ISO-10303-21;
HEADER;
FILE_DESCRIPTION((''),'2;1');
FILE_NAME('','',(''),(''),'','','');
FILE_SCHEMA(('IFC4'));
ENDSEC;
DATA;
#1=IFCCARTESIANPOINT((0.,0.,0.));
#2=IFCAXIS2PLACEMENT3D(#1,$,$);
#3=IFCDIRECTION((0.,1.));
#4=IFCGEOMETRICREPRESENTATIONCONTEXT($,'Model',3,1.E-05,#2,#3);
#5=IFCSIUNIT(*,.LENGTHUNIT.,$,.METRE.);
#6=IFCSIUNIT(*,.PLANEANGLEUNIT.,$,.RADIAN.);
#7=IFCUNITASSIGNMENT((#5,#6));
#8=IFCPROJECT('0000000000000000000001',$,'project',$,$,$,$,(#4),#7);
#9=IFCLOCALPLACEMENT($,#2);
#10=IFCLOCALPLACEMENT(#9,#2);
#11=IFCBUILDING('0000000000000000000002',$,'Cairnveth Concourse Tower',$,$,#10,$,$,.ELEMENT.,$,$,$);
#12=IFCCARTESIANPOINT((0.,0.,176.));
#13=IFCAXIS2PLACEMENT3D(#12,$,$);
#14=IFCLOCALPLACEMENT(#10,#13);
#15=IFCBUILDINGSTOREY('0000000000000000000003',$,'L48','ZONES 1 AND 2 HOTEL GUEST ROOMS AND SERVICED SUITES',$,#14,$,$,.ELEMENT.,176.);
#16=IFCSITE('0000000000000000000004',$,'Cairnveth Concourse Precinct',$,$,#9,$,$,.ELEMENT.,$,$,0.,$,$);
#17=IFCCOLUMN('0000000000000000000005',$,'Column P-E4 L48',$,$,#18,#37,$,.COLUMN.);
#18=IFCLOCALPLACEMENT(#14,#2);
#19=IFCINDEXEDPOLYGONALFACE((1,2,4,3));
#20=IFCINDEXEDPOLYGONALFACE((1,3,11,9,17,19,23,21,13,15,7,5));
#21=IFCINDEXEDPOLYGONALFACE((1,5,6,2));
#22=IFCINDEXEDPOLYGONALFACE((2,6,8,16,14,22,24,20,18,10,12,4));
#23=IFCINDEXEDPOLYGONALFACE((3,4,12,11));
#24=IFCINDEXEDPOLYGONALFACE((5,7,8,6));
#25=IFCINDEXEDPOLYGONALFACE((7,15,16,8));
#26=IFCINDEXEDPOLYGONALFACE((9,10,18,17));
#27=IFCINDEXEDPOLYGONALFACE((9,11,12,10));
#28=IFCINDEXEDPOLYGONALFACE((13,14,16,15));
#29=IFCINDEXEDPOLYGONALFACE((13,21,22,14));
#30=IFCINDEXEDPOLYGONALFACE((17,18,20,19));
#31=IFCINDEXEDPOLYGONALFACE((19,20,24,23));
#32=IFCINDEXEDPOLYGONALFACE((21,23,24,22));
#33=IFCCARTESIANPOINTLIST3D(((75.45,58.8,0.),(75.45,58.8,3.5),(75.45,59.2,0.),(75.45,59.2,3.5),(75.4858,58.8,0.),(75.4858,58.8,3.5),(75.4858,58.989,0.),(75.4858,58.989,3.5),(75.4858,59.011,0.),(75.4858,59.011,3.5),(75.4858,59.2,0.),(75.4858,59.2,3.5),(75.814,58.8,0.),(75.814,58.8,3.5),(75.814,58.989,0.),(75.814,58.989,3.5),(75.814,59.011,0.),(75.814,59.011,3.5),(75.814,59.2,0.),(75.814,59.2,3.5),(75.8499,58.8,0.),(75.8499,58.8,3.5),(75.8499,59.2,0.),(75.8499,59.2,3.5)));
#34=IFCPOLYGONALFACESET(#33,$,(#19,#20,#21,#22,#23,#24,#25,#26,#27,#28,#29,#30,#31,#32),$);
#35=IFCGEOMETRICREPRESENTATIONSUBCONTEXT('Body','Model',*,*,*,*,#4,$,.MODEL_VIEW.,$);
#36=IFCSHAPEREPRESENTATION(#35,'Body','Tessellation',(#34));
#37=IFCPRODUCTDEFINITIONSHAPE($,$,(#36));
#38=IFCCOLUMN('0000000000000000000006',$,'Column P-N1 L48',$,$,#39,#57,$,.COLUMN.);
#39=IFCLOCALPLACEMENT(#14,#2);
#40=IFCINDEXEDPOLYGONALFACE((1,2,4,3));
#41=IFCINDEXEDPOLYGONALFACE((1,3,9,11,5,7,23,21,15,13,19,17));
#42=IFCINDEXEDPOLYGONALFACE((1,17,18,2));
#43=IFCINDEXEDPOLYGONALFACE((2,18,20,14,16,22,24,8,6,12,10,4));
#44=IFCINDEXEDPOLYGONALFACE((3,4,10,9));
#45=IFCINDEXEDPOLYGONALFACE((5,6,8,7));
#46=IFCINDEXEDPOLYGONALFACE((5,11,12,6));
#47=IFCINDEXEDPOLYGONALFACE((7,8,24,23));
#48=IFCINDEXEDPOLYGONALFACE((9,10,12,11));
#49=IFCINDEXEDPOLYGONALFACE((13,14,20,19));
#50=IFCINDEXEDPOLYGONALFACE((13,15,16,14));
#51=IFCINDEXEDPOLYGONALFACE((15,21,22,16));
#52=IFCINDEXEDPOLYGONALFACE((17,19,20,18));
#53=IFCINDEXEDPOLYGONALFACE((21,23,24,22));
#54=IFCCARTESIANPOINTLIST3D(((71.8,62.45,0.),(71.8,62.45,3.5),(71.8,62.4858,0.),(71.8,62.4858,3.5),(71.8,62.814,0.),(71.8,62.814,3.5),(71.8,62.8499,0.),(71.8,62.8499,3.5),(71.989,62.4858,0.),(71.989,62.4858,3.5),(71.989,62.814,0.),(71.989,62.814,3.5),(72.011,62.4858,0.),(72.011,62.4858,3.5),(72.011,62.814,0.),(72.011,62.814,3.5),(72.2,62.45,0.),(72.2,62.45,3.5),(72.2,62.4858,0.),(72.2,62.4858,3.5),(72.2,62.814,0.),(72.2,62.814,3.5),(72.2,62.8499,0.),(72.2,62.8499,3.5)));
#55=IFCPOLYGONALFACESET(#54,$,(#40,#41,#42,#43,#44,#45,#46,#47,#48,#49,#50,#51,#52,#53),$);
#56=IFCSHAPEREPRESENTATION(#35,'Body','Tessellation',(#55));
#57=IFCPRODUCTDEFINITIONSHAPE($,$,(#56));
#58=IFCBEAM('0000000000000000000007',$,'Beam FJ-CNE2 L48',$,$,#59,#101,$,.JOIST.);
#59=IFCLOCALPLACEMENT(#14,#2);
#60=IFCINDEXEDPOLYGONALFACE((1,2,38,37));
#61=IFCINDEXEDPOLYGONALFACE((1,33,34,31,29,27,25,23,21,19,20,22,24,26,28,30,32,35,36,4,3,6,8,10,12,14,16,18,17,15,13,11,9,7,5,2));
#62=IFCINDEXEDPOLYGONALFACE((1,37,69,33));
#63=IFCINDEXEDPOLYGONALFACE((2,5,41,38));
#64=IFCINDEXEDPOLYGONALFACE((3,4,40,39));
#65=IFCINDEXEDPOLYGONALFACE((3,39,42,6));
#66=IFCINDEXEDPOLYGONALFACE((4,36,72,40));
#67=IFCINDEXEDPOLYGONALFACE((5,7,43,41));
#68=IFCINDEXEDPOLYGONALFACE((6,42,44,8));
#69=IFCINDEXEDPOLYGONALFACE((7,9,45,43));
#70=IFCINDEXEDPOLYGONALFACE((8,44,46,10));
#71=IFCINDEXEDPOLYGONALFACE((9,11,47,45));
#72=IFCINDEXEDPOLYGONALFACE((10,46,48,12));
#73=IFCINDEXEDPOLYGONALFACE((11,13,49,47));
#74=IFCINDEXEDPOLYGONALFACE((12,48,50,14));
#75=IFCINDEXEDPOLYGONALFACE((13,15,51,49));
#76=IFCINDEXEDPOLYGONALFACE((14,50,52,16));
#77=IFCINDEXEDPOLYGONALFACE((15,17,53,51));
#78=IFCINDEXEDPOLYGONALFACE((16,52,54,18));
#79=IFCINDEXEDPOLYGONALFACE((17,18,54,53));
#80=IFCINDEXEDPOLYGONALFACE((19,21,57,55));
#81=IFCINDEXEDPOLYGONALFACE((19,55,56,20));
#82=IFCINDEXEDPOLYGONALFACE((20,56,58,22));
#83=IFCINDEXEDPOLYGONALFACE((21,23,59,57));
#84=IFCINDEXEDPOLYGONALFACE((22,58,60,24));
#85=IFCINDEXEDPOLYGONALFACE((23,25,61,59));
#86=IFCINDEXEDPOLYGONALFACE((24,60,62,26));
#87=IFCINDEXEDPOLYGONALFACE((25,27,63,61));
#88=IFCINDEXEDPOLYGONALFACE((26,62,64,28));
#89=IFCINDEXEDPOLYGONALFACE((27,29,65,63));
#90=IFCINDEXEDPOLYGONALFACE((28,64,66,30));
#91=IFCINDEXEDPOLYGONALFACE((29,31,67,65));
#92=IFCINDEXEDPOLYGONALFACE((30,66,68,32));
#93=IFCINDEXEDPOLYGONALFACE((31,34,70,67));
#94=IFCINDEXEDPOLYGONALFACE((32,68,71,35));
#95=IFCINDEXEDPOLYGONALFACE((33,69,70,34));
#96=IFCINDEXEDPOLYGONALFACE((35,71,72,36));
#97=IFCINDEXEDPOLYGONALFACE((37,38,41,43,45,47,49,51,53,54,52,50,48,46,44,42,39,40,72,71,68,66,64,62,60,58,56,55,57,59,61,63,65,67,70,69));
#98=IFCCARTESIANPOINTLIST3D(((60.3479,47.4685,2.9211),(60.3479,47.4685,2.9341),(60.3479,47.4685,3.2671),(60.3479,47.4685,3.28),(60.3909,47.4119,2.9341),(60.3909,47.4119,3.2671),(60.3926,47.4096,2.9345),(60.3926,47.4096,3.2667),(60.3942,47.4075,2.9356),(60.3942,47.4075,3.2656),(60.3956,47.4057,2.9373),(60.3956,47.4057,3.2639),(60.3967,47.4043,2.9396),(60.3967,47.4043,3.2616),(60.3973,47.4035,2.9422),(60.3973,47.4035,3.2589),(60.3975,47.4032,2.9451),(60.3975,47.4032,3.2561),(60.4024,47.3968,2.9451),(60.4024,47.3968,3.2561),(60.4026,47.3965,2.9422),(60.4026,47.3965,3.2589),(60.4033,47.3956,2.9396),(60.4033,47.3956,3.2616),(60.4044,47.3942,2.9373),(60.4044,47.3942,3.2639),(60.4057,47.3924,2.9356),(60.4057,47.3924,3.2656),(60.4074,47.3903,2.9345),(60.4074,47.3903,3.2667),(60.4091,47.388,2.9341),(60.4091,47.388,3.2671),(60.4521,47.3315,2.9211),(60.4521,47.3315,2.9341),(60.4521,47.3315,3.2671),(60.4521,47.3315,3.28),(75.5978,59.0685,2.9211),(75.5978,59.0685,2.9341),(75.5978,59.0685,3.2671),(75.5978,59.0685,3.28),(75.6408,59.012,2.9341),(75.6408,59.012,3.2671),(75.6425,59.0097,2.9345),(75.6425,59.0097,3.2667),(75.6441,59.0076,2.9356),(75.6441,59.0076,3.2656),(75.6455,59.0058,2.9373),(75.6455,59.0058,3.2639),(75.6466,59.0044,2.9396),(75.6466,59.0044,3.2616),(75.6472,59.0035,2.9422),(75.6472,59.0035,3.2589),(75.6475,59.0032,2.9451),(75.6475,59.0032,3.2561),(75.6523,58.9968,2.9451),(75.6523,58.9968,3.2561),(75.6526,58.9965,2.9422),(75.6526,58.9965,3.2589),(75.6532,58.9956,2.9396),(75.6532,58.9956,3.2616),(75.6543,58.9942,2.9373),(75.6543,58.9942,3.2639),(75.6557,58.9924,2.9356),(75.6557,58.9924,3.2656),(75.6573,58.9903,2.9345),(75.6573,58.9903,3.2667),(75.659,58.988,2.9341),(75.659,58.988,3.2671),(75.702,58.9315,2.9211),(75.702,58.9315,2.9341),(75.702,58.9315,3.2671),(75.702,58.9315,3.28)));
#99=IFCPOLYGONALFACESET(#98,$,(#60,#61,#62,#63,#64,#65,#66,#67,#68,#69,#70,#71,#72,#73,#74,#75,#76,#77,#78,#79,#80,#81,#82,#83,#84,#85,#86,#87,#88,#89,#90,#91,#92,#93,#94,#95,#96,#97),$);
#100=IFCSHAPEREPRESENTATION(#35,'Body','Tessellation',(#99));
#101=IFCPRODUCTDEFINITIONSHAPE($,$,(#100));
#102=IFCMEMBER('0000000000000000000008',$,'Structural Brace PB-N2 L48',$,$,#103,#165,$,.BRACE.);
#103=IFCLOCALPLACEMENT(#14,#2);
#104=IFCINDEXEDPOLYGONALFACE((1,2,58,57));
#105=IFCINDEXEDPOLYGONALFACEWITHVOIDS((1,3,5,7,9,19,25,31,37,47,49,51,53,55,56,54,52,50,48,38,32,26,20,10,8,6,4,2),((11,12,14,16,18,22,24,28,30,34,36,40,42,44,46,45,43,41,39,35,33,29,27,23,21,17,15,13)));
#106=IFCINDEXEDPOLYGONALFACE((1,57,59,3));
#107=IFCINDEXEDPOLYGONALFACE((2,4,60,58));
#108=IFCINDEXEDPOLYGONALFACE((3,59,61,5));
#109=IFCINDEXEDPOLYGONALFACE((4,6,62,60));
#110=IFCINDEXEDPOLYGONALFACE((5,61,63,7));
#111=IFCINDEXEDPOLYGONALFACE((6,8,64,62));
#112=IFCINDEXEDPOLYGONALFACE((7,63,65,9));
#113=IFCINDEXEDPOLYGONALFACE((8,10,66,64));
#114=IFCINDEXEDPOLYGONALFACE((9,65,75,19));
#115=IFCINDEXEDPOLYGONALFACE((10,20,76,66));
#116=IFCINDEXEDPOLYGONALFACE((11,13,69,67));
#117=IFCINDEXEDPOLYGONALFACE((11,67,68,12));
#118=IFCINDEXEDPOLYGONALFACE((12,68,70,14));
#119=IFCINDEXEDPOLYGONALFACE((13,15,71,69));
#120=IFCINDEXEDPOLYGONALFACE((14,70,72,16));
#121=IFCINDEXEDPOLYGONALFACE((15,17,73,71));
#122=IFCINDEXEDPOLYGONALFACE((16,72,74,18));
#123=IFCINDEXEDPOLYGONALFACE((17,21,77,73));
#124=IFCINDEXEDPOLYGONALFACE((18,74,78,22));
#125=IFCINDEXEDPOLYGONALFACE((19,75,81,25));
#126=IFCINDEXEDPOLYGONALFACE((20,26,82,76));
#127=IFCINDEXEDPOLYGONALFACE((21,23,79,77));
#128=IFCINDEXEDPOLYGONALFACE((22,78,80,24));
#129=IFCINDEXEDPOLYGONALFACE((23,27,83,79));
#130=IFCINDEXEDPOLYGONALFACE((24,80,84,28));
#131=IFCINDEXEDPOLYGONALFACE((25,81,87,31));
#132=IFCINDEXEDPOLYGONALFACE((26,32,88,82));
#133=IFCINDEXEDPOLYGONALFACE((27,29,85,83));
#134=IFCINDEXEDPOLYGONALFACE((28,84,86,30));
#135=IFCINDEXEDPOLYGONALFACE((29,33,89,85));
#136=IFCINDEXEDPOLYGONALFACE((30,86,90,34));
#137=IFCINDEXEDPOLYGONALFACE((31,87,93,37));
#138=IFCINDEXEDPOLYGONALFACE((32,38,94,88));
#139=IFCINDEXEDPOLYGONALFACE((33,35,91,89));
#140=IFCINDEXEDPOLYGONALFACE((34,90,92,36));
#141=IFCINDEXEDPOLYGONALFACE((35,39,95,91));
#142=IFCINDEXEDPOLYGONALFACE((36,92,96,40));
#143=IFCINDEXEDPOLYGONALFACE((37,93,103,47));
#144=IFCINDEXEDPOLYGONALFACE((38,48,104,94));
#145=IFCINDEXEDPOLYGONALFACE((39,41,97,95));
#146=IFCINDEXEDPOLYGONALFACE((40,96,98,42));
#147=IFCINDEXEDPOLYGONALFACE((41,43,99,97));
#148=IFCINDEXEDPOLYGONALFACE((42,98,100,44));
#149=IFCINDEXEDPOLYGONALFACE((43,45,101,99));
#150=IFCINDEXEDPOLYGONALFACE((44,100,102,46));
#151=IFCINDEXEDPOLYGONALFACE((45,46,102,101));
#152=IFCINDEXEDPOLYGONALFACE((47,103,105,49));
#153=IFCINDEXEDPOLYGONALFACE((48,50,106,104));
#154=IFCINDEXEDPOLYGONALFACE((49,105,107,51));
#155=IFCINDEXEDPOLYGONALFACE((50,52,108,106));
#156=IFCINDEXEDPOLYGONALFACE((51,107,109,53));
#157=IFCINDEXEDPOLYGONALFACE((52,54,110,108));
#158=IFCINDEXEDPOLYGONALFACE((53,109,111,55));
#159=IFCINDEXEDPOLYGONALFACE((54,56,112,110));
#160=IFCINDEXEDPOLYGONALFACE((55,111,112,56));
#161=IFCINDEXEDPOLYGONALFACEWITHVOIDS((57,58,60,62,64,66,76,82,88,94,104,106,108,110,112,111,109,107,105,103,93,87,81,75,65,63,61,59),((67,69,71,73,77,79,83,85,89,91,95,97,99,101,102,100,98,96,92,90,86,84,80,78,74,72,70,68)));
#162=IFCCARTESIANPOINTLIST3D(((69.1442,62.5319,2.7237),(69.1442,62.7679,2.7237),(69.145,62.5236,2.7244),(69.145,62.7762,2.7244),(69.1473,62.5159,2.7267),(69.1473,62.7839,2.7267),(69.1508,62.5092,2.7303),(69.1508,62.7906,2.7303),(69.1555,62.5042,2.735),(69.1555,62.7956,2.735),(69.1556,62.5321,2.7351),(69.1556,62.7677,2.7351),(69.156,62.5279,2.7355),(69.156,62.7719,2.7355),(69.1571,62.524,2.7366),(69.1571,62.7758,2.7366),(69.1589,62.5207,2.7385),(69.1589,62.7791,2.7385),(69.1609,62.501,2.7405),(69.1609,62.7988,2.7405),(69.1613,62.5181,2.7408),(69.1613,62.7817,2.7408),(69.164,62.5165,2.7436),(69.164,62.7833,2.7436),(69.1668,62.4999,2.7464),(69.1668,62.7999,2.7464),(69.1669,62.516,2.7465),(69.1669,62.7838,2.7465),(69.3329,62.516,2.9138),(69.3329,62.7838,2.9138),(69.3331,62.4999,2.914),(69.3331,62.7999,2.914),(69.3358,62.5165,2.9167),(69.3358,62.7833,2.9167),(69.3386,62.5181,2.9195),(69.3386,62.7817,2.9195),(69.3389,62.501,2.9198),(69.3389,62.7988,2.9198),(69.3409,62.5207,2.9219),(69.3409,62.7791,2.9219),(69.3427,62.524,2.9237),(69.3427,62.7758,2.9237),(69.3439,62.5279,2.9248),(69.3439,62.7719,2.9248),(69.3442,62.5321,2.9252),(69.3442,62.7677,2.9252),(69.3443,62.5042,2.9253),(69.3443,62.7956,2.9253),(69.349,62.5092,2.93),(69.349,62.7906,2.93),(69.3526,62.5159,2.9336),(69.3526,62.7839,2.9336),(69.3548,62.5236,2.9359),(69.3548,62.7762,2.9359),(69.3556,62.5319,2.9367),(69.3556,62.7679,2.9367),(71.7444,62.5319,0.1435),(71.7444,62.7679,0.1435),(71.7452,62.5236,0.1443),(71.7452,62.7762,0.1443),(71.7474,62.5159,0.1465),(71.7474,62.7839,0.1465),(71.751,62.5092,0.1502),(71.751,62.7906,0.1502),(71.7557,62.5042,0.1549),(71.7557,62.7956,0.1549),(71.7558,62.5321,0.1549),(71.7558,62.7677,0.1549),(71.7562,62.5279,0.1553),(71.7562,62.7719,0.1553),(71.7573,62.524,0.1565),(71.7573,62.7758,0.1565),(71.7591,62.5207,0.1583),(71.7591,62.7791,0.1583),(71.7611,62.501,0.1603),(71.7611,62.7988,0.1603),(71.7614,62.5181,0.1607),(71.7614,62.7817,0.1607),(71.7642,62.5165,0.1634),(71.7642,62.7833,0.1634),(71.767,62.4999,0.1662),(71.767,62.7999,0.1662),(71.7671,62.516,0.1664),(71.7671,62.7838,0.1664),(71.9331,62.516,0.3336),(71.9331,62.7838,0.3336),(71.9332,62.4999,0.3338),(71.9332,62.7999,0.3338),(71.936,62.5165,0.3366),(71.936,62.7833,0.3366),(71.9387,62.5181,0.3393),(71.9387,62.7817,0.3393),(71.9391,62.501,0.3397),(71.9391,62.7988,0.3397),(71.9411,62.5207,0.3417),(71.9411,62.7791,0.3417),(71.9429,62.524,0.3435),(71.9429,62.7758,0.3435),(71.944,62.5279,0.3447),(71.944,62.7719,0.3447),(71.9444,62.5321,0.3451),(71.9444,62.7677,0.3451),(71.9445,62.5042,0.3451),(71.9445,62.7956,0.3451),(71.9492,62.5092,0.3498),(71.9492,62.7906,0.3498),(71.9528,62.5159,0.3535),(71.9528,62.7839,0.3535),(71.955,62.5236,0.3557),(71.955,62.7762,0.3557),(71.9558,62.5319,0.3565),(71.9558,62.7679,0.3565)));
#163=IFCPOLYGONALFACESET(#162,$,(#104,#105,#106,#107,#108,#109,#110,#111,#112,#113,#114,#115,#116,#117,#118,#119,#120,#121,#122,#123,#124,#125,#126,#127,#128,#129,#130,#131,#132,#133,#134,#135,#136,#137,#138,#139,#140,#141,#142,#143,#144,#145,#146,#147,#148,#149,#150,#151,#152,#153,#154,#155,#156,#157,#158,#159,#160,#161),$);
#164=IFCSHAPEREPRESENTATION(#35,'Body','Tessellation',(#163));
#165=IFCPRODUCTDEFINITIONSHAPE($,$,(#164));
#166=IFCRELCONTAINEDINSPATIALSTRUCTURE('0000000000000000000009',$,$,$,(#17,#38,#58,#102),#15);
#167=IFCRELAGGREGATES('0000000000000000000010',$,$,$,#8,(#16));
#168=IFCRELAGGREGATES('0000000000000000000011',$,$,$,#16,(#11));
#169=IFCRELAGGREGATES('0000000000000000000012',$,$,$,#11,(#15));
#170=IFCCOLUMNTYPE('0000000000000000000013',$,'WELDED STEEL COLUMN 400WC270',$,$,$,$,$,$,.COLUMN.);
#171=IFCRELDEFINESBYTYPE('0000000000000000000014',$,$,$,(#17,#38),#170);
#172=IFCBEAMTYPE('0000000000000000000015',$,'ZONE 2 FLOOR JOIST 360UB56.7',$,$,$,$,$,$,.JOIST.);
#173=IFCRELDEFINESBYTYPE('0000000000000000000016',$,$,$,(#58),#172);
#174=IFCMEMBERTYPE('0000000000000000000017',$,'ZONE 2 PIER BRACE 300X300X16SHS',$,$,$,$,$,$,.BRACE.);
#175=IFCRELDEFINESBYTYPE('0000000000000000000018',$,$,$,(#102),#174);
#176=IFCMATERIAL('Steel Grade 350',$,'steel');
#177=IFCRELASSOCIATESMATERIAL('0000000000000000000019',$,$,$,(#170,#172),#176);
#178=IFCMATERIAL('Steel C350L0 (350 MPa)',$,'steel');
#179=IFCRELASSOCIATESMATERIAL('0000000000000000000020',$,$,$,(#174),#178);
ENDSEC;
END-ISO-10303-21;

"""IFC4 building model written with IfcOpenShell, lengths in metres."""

from ifc_helpers import new_model, si_unit, direction, frame, origin, origin_2d, place, context, subcontext, project, spatial, hollow_rectangle, i_section, extrude, material, material_profile, profile_set, type_object, element, save


model = new_model("IFC4")

# Units and contexts
model_context = context("Model", 3, precision=1e-05, world=origin(), true_north=direction((0.0, 1.0)))
body_context = subcontext(model_context, "Body", "Model", "MODEL_VIEW")
ifc_project = project(units=[si_unit("LENGTHUNIT", "METRE"), si_unit("PLANEANGLEUNIT", "RADIAN")], contexts=[model_context])

# Site, building, storey
site_placement = place(None, origin())
site = spatial("IfcSite", under=ifc_project, at=site_placement, Name="Cairnveth Concourse Precinct", CompositionType="ELEMENT", RefElevation=0.0)
building_placement = place(site_placement, origin())
building = spatial("IfcBuilding", under=site, at=building_placement, Name="Cairnveth Concourse Tower", CompositionType="ELEMENT")
storey_placement = place(building_placement, frame((0.0, 0.0, 176.0)))
storey = spatial("IfcBuildingStorey", under=building, at=storey_placement, Name="L48", Description="ZONES 1 AND 2 HOTEL GUEST ROOMS AND SERVICED SUITES", CompositionType="ELEMENT", Elevation=176.0)

# Columns
ifc_material_1 = material(Name="Steel Grade 350", Category="steel")
ifc_material_profile_1 = material_profile(ifc_material_1, i_section(OverallWidth=0.3999, OverallDepth=0.3999, WebThickness=0.022, FlangeThickness=0.0359, at=origin_2d()), Name="400WC270")
ifc_profile_set_1 = profile_set([ifc_material_profile_1], Name="Steel Grade 350")
column_type = type_object("IfcColumnType", Name="WELDED STEEL COLUMN 400WC270", PredefinedType="COLUMN", material=ifc_profile_set_1)
for number, where, z_axis, x_axis, name in (
    (1, (75.6499, 59.0, 0.0), (0.0, 0.0, 1.0), (0.0, 1.0, 0.0), "Column P-E4 L48"),
    (2, (72.0, 62.6499, 0.0), (0.0, 0.0, 1.0), (1.0, 0.0, 0.0), "Column P-N1 L48"),
):
    element("IfcColumn", number, at=place(storey_placement, frame(where, z_axis=z_axis, x_axis=x_axis)), inside=storey, type_object=column_type, Name=name, PredefinedType="COLUMN", context=body_context, shape_type="SweptSolid", body=[
        extrude(i_section(OverallWidth=0.3999, OverallDepth=0.3999, WebThickness=0.022, FlangeThickness=0.0359, at=origin_2d()), origin(), (0.0, 0.0, 1.0), 3.5),
    ])

# Beam
ifc_material_profile_2 = material_profile(ifc_material_1, i_section(OverallWidth=0.1721, OverallDepth=0.3589, WebThickness=0.0081, FlangeThickness=0.0129, FilletRadius=0.011, at=origin_2d()), Name="360UB56.7")
ifc_profile_set_2 = profile_set([ifc_material_profile_2], Name="Steel Grade 350")
beam_type_1 = type_object("IfcBeamType", Name="ZONE 2 FLOOR JOIST 360UB56.7", PredefinedType="JOIST", material=ifc_profile_set_2)
beam_1_placement = place(storey_placement, frame((75.6499, 59.0, 3.1006), z_axis=(-0.795908, -0.605417, 0.0), x_axis=(0.605417, -0.795908, 0.0)))
element("IfcBeam", 3, at=beam_1_placement, inside=storey, type_object=beam_type_1, Name="Beam FJ-CNE2 L48", PredefinedType="JOIST", context=body_context, shape_type="SweptSolid", body=[
    extrude(i_section(OverallWidth=0.1721, OverallDepth=0.3589, WebThickness=0.0081, FlangeThickness=0.0129, FilletRadius=0.011, at=origin_2d()), origin(), (0.0, 0.0, 1.0), 19.1604),
])

# Member
ifc_material_2 = material(Name="Steel C350L0 (350 MPa)", Category="steel")
ifc_material_profile_3 = material_profile(ifc_material_2, hollow_rectangle(XDim=0.3, YDim=0.3, WallThickness=0.0161, InnerFilletRadius=0.0161, OuterFilletRadius=0.032, at=origin_2d()), Name="300x300x16.0SHS")
ifc_profile_set_3 = profile_set([ifc_material_profile_3], Name="Steel C350L0 (350 MPa)")
member_type = type_object("IfcMemberType", Name="ZONE 2 PIER BRACE 300X300X16SHS", PredefinedType="BRACE", material=ifc_profile_set_3)
for number, where, z_axis, x_axis, name in (
    (4, (71.8501, 62.6499, 0.25), (-0.709834, 0.0, 0.704369), (0.0, -1.0, 0.0), "Structural Brace PB-N2 L48"),
):
    element("IfcMember", number, at=place(storey_placement, frame(where, z_axis=z_axis, x_axis=x_axis)), inside=storey, type_object=member_type, Name=name, PredefinedType="BRACE", context=body_context, shape_type="SweptSolid", body=[
        extrude(hollow_rectangle(XDim=0.3, YDim=0.3, WallThickness=0.0161, InnerFilletRadius=0.0161, OuterFilletRadius=0.032, at=origin_2d()), origin(), (0.0, 0.0, 1.0), 3.6631),
    ])

save(model, "model.ifc")
